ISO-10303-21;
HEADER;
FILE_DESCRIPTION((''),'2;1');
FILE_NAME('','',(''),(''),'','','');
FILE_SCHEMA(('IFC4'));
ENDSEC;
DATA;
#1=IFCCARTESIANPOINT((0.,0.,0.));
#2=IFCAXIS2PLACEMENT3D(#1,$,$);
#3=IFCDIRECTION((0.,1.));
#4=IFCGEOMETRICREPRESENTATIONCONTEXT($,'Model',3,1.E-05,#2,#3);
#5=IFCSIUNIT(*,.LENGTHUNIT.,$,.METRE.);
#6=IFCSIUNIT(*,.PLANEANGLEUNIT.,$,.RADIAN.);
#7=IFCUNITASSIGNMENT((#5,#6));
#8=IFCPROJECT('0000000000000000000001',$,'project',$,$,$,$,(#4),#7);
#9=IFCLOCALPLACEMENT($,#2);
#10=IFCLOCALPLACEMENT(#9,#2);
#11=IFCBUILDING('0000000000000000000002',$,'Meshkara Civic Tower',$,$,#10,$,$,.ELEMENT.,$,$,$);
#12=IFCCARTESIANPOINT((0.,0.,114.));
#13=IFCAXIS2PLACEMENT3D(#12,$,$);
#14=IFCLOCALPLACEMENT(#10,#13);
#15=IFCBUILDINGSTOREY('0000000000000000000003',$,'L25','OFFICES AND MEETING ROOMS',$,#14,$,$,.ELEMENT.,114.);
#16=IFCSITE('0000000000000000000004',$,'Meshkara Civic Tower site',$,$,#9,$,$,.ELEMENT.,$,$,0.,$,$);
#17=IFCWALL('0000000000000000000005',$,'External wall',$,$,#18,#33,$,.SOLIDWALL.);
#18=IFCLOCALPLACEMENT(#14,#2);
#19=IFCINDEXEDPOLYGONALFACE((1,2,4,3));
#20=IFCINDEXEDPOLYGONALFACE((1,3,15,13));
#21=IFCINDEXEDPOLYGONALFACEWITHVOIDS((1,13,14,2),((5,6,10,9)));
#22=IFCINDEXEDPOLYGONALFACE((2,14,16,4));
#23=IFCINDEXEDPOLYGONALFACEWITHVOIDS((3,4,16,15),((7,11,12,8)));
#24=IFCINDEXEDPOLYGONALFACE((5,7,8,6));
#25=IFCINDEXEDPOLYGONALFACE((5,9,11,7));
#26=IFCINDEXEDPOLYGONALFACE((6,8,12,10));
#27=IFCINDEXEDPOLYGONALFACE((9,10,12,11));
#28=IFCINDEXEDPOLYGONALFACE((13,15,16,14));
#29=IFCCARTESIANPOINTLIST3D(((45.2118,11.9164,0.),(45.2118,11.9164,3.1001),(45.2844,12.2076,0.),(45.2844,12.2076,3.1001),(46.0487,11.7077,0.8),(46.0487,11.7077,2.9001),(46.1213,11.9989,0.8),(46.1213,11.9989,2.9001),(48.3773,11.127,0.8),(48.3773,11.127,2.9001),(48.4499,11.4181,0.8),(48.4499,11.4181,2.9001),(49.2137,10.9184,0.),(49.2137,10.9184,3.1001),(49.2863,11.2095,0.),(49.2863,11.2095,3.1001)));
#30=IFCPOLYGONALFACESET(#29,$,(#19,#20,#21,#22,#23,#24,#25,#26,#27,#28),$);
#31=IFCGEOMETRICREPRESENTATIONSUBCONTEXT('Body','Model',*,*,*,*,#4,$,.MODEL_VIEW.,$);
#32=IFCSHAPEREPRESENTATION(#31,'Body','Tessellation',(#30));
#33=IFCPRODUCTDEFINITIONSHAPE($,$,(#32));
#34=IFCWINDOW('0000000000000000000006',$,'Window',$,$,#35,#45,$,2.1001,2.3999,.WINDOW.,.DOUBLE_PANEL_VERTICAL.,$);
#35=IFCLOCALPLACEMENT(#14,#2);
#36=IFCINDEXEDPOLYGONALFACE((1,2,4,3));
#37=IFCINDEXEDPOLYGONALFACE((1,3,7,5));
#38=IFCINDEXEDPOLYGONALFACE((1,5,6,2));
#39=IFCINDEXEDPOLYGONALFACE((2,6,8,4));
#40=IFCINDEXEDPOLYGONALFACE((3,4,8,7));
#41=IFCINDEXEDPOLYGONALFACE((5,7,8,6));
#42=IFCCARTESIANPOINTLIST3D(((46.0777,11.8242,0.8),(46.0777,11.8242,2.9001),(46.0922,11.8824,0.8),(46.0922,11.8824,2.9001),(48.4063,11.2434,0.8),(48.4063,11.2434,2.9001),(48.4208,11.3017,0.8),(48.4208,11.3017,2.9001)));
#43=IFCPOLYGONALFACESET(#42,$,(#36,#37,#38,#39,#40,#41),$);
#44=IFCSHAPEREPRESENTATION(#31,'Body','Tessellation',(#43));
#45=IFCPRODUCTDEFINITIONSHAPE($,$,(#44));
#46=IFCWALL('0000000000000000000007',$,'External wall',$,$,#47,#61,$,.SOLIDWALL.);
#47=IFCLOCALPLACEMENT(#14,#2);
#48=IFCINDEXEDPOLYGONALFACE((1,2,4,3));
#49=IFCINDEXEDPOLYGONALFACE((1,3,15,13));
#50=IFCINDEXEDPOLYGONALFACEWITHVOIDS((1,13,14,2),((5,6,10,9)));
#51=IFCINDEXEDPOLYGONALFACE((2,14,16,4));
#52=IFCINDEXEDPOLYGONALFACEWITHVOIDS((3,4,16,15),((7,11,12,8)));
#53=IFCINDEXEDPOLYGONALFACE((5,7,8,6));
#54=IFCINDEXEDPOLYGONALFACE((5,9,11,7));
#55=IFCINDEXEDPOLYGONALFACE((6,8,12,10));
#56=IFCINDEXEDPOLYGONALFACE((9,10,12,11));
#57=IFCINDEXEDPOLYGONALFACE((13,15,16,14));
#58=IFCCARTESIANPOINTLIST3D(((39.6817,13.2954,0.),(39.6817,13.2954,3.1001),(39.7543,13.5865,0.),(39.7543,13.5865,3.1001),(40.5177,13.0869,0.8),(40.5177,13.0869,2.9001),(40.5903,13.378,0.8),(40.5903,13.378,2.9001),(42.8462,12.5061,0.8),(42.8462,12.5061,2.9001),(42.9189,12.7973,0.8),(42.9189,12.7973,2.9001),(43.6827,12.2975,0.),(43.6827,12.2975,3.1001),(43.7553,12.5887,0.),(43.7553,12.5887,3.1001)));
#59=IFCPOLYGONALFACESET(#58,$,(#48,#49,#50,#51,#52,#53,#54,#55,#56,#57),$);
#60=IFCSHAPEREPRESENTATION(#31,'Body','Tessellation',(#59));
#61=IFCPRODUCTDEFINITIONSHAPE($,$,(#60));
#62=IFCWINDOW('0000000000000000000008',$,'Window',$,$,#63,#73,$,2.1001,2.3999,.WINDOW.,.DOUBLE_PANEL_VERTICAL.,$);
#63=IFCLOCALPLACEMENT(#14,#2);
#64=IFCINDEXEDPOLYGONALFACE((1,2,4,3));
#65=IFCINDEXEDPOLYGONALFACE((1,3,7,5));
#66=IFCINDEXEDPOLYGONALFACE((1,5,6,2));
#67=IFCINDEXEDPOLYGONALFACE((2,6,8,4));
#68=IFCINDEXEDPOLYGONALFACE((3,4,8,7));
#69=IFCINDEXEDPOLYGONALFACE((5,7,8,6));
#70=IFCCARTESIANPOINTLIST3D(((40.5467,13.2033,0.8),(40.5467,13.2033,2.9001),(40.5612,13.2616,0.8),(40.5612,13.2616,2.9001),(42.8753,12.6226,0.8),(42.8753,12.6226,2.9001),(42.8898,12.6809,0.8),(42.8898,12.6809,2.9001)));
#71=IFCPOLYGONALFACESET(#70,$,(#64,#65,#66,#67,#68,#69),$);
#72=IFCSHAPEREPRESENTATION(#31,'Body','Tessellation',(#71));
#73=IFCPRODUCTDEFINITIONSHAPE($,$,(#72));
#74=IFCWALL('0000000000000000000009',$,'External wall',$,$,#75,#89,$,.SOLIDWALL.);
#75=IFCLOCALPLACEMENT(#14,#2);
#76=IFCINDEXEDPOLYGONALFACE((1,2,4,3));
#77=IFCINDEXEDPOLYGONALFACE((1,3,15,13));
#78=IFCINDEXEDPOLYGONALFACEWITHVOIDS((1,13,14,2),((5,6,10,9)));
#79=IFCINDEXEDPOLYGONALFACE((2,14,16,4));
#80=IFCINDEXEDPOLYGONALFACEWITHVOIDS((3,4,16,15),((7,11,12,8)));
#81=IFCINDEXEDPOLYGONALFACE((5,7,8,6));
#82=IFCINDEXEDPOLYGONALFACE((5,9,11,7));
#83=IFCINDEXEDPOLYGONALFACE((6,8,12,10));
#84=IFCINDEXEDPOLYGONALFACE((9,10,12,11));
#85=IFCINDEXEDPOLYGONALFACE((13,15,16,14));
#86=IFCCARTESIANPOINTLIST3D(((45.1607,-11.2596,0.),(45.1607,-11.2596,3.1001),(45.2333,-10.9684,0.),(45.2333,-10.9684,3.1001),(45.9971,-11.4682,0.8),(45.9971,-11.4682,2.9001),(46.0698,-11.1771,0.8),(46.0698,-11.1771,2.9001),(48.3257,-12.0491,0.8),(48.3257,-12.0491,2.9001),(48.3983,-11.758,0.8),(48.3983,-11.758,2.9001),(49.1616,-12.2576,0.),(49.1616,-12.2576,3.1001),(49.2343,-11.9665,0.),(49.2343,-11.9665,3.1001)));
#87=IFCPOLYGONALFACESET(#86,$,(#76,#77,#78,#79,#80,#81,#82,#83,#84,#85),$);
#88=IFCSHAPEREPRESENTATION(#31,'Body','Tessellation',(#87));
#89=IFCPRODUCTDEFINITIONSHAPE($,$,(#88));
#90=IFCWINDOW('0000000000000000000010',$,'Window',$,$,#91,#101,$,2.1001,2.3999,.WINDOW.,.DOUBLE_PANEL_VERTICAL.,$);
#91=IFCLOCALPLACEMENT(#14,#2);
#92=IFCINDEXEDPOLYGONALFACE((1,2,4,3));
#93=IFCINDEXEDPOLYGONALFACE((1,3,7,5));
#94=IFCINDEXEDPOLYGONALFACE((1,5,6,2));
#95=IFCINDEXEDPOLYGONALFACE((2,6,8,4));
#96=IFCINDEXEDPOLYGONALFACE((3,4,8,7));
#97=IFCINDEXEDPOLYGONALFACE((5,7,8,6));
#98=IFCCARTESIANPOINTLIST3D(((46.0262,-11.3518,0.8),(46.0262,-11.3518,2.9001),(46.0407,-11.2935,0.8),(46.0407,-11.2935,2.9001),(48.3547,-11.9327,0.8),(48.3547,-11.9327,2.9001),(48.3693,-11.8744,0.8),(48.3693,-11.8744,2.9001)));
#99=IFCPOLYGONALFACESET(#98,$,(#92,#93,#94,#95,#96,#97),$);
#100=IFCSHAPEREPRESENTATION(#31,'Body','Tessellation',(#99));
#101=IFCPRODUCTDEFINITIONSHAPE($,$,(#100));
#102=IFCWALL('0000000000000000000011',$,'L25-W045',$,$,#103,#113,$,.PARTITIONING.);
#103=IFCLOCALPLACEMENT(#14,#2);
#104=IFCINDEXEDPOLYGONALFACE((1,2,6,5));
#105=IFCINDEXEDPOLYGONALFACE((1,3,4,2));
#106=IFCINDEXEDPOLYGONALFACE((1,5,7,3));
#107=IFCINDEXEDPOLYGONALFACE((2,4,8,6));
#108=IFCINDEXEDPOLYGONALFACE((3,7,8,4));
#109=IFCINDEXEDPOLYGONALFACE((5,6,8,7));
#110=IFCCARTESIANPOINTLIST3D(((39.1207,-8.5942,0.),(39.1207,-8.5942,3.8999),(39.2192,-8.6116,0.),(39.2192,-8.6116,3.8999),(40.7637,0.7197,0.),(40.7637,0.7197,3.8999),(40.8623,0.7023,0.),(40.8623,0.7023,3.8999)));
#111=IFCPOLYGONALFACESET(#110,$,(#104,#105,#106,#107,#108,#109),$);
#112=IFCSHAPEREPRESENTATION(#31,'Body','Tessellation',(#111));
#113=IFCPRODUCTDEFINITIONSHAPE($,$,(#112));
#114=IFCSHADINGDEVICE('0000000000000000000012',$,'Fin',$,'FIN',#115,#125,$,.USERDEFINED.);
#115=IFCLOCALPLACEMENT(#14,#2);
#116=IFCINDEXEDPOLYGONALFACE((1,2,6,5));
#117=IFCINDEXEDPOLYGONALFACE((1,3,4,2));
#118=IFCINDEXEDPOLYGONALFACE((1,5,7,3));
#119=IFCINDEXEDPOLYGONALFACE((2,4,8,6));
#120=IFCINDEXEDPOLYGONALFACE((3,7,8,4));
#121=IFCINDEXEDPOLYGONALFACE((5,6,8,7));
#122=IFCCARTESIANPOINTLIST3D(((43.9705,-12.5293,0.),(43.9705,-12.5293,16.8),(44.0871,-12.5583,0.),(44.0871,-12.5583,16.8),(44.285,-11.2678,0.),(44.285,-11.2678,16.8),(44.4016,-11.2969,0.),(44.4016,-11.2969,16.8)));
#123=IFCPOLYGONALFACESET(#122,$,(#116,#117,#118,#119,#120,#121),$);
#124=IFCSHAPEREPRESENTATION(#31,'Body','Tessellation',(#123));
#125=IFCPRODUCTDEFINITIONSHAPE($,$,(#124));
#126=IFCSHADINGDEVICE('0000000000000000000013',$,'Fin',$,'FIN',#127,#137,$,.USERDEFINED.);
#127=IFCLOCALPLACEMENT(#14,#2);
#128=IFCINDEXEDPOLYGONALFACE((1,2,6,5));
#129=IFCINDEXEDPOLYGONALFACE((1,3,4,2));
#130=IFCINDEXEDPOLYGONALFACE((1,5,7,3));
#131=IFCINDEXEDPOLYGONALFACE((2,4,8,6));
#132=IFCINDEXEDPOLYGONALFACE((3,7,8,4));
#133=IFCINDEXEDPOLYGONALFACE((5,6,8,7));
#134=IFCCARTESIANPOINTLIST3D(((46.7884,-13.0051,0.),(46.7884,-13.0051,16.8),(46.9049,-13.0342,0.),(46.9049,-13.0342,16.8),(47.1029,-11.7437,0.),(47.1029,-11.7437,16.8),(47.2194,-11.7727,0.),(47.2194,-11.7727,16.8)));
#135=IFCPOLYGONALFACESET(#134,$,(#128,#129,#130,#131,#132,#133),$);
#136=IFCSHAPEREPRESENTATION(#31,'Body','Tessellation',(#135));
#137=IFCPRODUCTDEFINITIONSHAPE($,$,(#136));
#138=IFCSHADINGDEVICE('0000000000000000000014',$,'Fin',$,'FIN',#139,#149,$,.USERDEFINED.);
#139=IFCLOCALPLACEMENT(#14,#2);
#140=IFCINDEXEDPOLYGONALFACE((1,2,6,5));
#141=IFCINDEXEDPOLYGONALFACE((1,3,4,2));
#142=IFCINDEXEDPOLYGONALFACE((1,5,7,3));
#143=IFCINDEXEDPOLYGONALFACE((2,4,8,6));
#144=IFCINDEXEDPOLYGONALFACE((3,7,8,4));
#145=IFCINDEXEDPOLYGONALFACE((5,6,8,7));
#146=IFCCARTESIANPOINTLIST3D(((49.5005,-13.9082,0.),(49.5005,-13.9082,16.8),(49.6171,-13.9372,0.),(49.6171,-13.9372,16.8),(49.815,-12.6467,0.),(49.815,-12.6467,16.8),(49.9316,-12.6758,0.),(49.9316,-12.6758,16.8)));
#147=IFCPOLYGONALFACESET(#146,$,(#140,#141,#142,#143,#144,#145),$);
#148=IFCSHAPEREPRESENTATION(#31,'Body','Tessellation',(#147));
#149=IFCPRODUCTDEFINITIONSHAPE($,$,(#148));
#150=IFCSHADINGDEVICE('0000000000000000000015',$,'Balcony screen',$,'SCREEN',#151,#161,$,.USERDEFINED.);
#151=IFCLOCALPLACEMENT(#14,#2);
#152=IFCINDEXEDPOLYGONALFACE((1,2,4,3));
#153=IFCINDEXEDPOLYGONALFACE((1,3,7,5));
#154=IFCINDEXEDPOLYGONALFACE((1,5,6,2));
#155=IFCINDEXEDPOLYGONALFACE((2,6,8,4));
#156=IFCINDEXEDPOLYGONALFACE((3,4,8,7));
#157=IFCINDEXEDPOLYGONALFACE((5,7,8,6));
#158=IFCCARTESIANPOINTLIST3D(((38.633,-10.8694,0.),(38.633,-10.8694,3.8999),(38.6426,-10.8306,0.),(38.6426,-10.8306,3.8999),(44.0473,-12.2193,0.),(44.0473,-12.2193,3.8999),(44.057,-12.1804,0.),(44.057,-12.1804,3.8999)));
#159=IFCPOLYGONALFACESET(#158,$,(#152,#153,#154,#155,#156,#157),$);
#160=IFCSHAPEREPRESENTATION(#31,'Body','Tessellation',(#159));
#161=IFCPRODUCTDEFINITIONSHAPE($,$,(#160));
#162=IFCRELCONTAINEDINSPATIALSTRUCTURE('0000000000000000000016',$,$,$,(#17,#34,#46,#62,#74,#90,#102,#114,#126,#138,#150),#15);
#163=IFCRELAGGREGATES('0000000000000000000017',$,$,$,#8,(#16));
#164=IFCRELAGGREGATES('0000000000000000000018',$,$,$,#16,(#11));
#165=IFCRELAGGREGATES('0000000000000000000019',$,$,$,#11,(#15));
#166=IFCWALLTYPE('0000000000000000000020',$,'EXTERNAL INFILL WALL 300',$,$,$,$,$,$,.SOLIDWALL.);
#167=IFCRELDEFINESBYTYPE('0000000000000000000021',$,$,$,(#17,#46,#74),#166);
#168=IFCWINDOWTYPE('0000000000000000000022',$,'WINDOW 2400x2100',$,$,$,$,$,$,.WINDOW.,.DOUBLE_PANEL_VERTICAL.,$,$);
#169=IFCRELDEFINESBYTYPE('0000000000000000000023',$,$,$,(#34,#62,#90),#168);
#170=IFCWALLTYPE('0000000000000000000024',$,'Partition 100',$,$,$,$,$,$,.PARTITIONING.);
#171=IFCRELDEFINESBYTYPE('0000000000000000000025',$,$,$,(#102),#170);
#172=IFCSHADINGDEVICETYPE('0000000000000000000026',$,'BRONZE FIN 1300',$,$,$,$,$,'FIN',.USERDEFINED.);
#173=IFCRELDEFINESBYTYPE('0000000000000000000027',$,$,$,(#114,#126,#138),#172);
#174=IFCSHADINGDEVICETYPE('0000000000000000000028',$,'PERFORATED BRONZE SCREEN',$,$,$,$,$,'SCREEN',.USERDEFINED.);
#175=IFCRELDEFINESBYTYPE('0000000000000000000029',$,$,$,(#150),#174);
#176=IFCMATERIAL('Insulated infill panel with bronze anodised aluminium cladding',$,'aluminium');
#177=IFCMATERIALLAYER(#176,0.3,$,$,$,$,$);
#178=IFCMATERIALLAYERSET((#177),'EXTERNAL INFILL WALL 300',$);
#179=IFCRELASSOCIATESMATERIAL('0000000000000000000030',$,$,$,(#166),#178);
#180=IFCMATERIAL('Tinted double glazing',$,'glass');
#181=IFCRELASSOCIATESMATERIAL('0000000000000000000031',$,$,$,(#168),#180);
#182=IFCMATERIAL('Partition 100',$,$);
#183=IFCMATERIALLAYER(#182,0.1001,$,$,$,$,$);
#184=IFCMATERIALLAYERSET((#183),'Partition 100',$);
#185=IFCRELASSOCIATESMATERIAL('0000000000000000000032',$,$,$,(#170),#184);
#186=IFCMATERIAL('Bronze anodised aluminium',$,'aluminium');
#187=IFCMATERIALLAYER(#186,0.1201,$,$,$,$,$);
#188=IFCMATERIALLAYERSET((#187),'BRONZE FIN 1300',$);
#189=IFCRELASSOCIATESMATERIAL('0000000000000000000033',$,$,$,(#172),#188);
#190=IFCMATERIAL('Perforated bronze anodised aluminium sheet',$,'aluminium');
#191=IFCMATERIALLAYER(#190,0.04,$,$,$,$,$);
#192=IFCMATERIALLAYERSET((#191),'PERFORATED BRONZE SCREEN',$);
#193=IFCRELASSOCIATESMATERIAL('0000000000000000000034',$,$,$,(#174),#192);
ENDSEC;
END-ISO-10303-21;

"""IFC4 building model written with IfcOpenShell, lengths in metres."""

from ifc_helpers import new_model, si_unit, direction, frame, frame_2d, origin, origin_2d, place, context, subcontext, project, spatial, rectangle, extrude, material, layer, layer_set, type_object, element, fill, save


model = new_model("IFC4")

# Units and contexts
model_context = context("Model", 3, precision=1e-05, world=origin(), true_north=direction((0.0, 1.0)))
body_context = subcontext(model_context, "Body", "Model", "MODEL_VIEW")
ifc_project = project(units=[si_unit("LENGTHUNIT", "METRE"), si_unit("PLANEANGLEUNIT", "RADIAN")], contexts=[model_context])

# Site, building, storey
site_placement = place(None, origin())
site = spatial("IfcSite", under=ifc_project, at=site_placement, Name="Meshkara Civic Tower site", CompositionType="ELEMENT", RefElevation=0.0)
building_placement = place(site_placement, origin())
building = spatial("IfcBuilding", under=site, at=building_placement, Name="Meshkara Civic Tower", CompositionType="ELEMENT")
storey_placement = place(building_placement, frame((0.0, 0.0, 114.0)))
storey = spatial("IfcBuildingStorey", under=building, at=storey_placement, Name="L25", Description="OFFICES AND MEETING ROOMS", CompositionType="ELEMENT", Elevation=114.0)

# Walls, openings, windows
ifc_material_1 = material(Name="Insulated infill panel with bronze anodised aluminium cladding", Category="aluminium")
ifc_layer_1 = layer(ifc_material_1, 0.3)
ifc_layer_set_1 = layer_set([ifc_layer_1], Name="EXTERNAL INFILL WALL 300")
wall_type_1 = type_object("IfcWallType", Name="EXTERNAL INFILL WALL 300", PredefinedType="SOLIDWALL", material=ifc_layer_set_1)
wall_1_placement = place(storey_placement, frame((49.25, 11.064, 0.0), z_axis=(0.0, 0.0, 1.0), x_axis=(-0.970282, 0.241978, 0.0)))
wall_1 = element("IfcWall", 1, at=wall_1_placement, inside=storey, type_object=wall_type_1, Name="External wall", PredefinedType="SOLIDWALL", context=body_context, shape_type="SweptSolid", body=[
    extrude(rectangle(XDim=4.1245, YDim=0.3, at=frame_2d((2.0623, 0.0))), origin(), (0.0, 0.0, 1.0), 3.1001),
])
opening_1_placement = place(wall_1_placement, frame((0.8621, 0.0, 0.8)))
opening_1 = element("IfcOpeningElement", 2, at=opening_1_placement, cuts=wall_1, PredefinedType="OPENING", context=body_context, shape_type="SweptSolid", body=[
    extrude(rectangle(XDim=2.3999, YDim=2.1001, at=frame_2d((1.2, 1.05))), frame((0.0, 0.1599, 0.0), z_axis=(0.0, -1.0, 0.0), x_axis=(1.0, 0.0, 0.0)), (0.0, 0.0, 1.0), 0.3201),
])
ifc_material_2 = material(Name="Tinted double glazing", Category="glass")
window_type = type_object("IfcWindowType", Name="WINDOW 2400x2100", PartitioningType="DOUBLE_PANEL_VERTICAL", PredefinedType="WINDOW", material=ifc_material_2)
window_1_placement = place(opening_1_placement, origin())
window_1 = element("IfcWindow", 3, at=window_1_placement, inside=storey, type_object=window_type, Name="Window", OverallHeight=2.1001, OverallWidth=2.3999, PartitioningType="DOUBLE_PANEL_VERTICAL", PredefinedType="WINDOW", context=body_context, shape_type="SweptSolid", body=[
    extrude(rectangle(XDim=2.3999, YDim=2.1001, at=frame_2d((1.2, 1.05))), frame((0.0, 0.03, 0.0), z_axis=(0.0, -1.0, 0.0), x_axis=(1.0, 0.0, 0.0)), (0.0, 0.0, 1.0), 0.0601),
])
fill(opening_1, window_1)
wall_2_placement = place(storey_placement, frame((43.719, 12.4431, 0.0), z_axis=(0.0, 0.0, 1.0), x_axis=(-0.970282, 0.241978, 0.0)))
wall_2 = element("IfcWall", 4, at=wall_2_placement, inside=storey, type_object=wall_type_1, Name="External wall", PredefinedType="SOLIDWALL", context=body_context, shape_type="SweptSolid", body=[
    extrude(rectangle(XDim=4.1235, YDim=0.3, at=frame_2d((2.0618, 0.0))), origin(), (0.0, 0.0, 1.0), 3.1001),
])
opening_2_placement = place(wall_2_placement, frame((0.8621, 0.0, 0.8)))
opening_2 = element("IfcOpeningElement", 5, at=opening_2_placement, cuts=wall_2, PredefinedType="OPENING", context=body_context, shape_type="SweptSolid", body=[
    extrude(rectangle(XDim=2.3999, YDim=2.1001, at=frame_2d((1.2, 1.05))), frame((0.0, 0.1599, 0.0), z_axis=(0.0, -1.0, 0.0), x_axis=(1.0, 0.0, 0.0)), (0.0, 0.0, 1.0), 0.3201),
])
window_2_placement = place(opening_2_placement, origin())
window_2 = element("IfcWindow", 6, at=window_2_placement, inside=storey, type_object=window_type, Name="Window", OverallHeight=2.1001, OverallWidth=2.3999, PartitioningType="DOUBLE_PANEL_VERTICAL", PredefinedType="WINDOW", context=body_context, shape_type="SweptSolid", body=[
    extrude(rectangle(XDim=2.3999, YDim=2.1001, at=frame_2d((1.2, 1.05))), frame((0.0, 0.03, 0.0), z_axis=(0.0, -1.0, 0.0), x_axis=(1.0, 0.0, 0.0)), (0.0, 0.0, 1.0), 0.0601),
])
fill(opening_2, window_2)
wall_3_placement = place(storey_placement, frame((45.197, -11.114, 0.0), z_axis=(0.0, 0.0, 1.0), x_axis=(0.970268, -0.242034, 0.0)))
wall_3 = element("IfcWall", 7, at=wall_3_placement, inside=storey, type_object=wall_type_1, Name="External wall", PredefinedType="SOLIDWALL", context=body_context, shape_type="SweptSolid", body=[
    extrude(rectangle(XDim=4.1235, YDim=0.3, at=frame_2d((2.0618, 0.0))), origin(), (0.0, 0.0, 1.0), 3.1001),
])
opening_3_placement = place(wall_3_placement, frame((0.8621, 0.0, 0.8)))
opening_3 = element("IfcOpeningElement", 8, at=opening_3_placement, cuts=wall_3, PredefinedType="OPENING", context=body_context, shape_type="SweptSolid", body=[
    extrude(rectangle(XDim=2.3999, YDim=2.1001, at=frame_2d((1.2, 1.05))), frame((0.0, 0.1599, 0.0), z_axis=(0.0, -1.0, 0.0), x_axis=(1.0, 0.0, 0.0)), (0.0, 0.0, 1.0), 0.3201),
])
window_3_placement = place(opening_3_placement, origin())
window_3 = element("IfcWindow", 9, at=window_3_placement, inside=storey, type_object=window_type, Name="Window", OverallHeight=2.1001, OverallWidth=2.3999, PartitioningType="DOUBLE_PANEL_VERTICAL", PredefinedType="WINDOW", context=body_context, shape_type="SweptSolid", body=[
    extrude(rectangle(XDim=2.3999, YDim=2.1001, at=frame_2d((1.2, 1.05))), frame((0.0, 0.03, 0.0), z_axis=(0.0, -1.0, 0.0), x_axis=(1.0, 0.0, 0.0)), (0.0, 0.0, 1.0), 0.0601),
])
fill(opening_3, window_3)

# Wall
ifc_material_3 = material(Name="Partition 100")
ifc_layer_2 = layer(ifc_material_3, 0.1001)
ifc_layer_set_2 = layer_set([ifc_layer_2], Name="Partition 100")
wall_type_2 = type_object("IfcWallType", Name="Partition 100", PredefinedType="PARTITIONING", material=ifc_layer_set_2)
wall_4_placement = place(storey_placement, frame((39.1699, -8.603, 0.0), z_axis=(0.0, 0.0, 1.0), x_axis=(0.173726, 0.984794, 0.0)))
element("IfcWall", 10, at=wall_4_placement, inside=storey, type_object=wall_type_2, Name="L25-W045", PredefinedType="PARTITIONING", context=body_context, shape_type="SweptSolid", body=[
    extrude(rectangle(XDim=9.4578, YDim=0.1001, at=frame_2d((4.729, 0.0))), origin(), (0.0, 0.0, 1.0), 3.8999),
])

# Shading devices
ifc_material_4 = material(Name="Bronze anodised aluminium", Category="aluminium")
ifc_layer_3 = layer(ifc_material_4, 0.1201)
ifc_layer_set_3 = layer_set([ifc_layer_3], Name="BRONZE FIN 1300")
shading_device_type_1 = type_object("IfcShadingDeviceType", Name="BRONZE FIN 1300", ElementType="FIN", PredefinedType="USERDEFINED", material=ifc_layer_set_3)
for number, where, z_axis, x_axis, name in (
    (11, (44.186, -11.9131, 0.0), (0.0, 0.0, 1.0), (0.9703, -0.241905, 0.0), "Fin"),
    (12, (47.0039, -12.3889, 0.0), (0.0, 0.0, 1.0), (0.9703, -0.241905, 0.0), "Fin"),
    (13, (49.7161, -13.292, 0.0), (0.0, 0.0, 1.0), (0.9703, -0.241905, 0.0), "Fin"),
):
    element("IfcShadingDevice", number, at=place(storey_placement, frame(where, z_axis=z_axis, x_axis=x_axis)), inside=storey, type_object=shading_device_type_1, Name=name, ObjectType="FIN", PredefinedType="USERDEFINED", context=body_context, shape_type="SweptSolid", body=[
        extrude(rectangle(XDim=0.1201, YDim=1.3, at=origin_2d()), origin(), (0.0, 0.0, 1.0), 16.8),
    ])
ifc_material_5 = material(Name="Perforated bronze anodised aluminium sheet", Category="aluminium")
ifc_layer_4 = layer(ifc_material_5, 0.04)
ifc_layer_set_4 = layer_set([ifc_layer_4], Name="PERFORATED BRONZE SCREEN")
shading_device_type_2 = type_object("IfcShadingDeviceType", Name="PERFORATED BRONZE SCREEN", ElementType="SCREEN", PredefinedType="USERDEFINED", material=ifc_layer_set_4)
shading_device_placement = place(storey_placement, frame((41.345, -11.5249, 0.0), z_axis=(0.0, 0.0, 1.0), x_axis=(0.9703, -0.241905, 0.0)))
element("IfcShadingDevice", 14, at=shading_device_placement, inside=storey, type_object=shading_device_type_2, Name="Balcony screen", ObjectType="SCREEN", PredefinedType="USERDEFINED", context=body_context, shape_type="SweptSolid", body=[
    extrude(rectangle(XDim=5.5801, YDim=0.04, at=origin_2d()), origin(), (0.0, 0.0, 1.0), 3.8999),
])

save(model, "model.ifc")
